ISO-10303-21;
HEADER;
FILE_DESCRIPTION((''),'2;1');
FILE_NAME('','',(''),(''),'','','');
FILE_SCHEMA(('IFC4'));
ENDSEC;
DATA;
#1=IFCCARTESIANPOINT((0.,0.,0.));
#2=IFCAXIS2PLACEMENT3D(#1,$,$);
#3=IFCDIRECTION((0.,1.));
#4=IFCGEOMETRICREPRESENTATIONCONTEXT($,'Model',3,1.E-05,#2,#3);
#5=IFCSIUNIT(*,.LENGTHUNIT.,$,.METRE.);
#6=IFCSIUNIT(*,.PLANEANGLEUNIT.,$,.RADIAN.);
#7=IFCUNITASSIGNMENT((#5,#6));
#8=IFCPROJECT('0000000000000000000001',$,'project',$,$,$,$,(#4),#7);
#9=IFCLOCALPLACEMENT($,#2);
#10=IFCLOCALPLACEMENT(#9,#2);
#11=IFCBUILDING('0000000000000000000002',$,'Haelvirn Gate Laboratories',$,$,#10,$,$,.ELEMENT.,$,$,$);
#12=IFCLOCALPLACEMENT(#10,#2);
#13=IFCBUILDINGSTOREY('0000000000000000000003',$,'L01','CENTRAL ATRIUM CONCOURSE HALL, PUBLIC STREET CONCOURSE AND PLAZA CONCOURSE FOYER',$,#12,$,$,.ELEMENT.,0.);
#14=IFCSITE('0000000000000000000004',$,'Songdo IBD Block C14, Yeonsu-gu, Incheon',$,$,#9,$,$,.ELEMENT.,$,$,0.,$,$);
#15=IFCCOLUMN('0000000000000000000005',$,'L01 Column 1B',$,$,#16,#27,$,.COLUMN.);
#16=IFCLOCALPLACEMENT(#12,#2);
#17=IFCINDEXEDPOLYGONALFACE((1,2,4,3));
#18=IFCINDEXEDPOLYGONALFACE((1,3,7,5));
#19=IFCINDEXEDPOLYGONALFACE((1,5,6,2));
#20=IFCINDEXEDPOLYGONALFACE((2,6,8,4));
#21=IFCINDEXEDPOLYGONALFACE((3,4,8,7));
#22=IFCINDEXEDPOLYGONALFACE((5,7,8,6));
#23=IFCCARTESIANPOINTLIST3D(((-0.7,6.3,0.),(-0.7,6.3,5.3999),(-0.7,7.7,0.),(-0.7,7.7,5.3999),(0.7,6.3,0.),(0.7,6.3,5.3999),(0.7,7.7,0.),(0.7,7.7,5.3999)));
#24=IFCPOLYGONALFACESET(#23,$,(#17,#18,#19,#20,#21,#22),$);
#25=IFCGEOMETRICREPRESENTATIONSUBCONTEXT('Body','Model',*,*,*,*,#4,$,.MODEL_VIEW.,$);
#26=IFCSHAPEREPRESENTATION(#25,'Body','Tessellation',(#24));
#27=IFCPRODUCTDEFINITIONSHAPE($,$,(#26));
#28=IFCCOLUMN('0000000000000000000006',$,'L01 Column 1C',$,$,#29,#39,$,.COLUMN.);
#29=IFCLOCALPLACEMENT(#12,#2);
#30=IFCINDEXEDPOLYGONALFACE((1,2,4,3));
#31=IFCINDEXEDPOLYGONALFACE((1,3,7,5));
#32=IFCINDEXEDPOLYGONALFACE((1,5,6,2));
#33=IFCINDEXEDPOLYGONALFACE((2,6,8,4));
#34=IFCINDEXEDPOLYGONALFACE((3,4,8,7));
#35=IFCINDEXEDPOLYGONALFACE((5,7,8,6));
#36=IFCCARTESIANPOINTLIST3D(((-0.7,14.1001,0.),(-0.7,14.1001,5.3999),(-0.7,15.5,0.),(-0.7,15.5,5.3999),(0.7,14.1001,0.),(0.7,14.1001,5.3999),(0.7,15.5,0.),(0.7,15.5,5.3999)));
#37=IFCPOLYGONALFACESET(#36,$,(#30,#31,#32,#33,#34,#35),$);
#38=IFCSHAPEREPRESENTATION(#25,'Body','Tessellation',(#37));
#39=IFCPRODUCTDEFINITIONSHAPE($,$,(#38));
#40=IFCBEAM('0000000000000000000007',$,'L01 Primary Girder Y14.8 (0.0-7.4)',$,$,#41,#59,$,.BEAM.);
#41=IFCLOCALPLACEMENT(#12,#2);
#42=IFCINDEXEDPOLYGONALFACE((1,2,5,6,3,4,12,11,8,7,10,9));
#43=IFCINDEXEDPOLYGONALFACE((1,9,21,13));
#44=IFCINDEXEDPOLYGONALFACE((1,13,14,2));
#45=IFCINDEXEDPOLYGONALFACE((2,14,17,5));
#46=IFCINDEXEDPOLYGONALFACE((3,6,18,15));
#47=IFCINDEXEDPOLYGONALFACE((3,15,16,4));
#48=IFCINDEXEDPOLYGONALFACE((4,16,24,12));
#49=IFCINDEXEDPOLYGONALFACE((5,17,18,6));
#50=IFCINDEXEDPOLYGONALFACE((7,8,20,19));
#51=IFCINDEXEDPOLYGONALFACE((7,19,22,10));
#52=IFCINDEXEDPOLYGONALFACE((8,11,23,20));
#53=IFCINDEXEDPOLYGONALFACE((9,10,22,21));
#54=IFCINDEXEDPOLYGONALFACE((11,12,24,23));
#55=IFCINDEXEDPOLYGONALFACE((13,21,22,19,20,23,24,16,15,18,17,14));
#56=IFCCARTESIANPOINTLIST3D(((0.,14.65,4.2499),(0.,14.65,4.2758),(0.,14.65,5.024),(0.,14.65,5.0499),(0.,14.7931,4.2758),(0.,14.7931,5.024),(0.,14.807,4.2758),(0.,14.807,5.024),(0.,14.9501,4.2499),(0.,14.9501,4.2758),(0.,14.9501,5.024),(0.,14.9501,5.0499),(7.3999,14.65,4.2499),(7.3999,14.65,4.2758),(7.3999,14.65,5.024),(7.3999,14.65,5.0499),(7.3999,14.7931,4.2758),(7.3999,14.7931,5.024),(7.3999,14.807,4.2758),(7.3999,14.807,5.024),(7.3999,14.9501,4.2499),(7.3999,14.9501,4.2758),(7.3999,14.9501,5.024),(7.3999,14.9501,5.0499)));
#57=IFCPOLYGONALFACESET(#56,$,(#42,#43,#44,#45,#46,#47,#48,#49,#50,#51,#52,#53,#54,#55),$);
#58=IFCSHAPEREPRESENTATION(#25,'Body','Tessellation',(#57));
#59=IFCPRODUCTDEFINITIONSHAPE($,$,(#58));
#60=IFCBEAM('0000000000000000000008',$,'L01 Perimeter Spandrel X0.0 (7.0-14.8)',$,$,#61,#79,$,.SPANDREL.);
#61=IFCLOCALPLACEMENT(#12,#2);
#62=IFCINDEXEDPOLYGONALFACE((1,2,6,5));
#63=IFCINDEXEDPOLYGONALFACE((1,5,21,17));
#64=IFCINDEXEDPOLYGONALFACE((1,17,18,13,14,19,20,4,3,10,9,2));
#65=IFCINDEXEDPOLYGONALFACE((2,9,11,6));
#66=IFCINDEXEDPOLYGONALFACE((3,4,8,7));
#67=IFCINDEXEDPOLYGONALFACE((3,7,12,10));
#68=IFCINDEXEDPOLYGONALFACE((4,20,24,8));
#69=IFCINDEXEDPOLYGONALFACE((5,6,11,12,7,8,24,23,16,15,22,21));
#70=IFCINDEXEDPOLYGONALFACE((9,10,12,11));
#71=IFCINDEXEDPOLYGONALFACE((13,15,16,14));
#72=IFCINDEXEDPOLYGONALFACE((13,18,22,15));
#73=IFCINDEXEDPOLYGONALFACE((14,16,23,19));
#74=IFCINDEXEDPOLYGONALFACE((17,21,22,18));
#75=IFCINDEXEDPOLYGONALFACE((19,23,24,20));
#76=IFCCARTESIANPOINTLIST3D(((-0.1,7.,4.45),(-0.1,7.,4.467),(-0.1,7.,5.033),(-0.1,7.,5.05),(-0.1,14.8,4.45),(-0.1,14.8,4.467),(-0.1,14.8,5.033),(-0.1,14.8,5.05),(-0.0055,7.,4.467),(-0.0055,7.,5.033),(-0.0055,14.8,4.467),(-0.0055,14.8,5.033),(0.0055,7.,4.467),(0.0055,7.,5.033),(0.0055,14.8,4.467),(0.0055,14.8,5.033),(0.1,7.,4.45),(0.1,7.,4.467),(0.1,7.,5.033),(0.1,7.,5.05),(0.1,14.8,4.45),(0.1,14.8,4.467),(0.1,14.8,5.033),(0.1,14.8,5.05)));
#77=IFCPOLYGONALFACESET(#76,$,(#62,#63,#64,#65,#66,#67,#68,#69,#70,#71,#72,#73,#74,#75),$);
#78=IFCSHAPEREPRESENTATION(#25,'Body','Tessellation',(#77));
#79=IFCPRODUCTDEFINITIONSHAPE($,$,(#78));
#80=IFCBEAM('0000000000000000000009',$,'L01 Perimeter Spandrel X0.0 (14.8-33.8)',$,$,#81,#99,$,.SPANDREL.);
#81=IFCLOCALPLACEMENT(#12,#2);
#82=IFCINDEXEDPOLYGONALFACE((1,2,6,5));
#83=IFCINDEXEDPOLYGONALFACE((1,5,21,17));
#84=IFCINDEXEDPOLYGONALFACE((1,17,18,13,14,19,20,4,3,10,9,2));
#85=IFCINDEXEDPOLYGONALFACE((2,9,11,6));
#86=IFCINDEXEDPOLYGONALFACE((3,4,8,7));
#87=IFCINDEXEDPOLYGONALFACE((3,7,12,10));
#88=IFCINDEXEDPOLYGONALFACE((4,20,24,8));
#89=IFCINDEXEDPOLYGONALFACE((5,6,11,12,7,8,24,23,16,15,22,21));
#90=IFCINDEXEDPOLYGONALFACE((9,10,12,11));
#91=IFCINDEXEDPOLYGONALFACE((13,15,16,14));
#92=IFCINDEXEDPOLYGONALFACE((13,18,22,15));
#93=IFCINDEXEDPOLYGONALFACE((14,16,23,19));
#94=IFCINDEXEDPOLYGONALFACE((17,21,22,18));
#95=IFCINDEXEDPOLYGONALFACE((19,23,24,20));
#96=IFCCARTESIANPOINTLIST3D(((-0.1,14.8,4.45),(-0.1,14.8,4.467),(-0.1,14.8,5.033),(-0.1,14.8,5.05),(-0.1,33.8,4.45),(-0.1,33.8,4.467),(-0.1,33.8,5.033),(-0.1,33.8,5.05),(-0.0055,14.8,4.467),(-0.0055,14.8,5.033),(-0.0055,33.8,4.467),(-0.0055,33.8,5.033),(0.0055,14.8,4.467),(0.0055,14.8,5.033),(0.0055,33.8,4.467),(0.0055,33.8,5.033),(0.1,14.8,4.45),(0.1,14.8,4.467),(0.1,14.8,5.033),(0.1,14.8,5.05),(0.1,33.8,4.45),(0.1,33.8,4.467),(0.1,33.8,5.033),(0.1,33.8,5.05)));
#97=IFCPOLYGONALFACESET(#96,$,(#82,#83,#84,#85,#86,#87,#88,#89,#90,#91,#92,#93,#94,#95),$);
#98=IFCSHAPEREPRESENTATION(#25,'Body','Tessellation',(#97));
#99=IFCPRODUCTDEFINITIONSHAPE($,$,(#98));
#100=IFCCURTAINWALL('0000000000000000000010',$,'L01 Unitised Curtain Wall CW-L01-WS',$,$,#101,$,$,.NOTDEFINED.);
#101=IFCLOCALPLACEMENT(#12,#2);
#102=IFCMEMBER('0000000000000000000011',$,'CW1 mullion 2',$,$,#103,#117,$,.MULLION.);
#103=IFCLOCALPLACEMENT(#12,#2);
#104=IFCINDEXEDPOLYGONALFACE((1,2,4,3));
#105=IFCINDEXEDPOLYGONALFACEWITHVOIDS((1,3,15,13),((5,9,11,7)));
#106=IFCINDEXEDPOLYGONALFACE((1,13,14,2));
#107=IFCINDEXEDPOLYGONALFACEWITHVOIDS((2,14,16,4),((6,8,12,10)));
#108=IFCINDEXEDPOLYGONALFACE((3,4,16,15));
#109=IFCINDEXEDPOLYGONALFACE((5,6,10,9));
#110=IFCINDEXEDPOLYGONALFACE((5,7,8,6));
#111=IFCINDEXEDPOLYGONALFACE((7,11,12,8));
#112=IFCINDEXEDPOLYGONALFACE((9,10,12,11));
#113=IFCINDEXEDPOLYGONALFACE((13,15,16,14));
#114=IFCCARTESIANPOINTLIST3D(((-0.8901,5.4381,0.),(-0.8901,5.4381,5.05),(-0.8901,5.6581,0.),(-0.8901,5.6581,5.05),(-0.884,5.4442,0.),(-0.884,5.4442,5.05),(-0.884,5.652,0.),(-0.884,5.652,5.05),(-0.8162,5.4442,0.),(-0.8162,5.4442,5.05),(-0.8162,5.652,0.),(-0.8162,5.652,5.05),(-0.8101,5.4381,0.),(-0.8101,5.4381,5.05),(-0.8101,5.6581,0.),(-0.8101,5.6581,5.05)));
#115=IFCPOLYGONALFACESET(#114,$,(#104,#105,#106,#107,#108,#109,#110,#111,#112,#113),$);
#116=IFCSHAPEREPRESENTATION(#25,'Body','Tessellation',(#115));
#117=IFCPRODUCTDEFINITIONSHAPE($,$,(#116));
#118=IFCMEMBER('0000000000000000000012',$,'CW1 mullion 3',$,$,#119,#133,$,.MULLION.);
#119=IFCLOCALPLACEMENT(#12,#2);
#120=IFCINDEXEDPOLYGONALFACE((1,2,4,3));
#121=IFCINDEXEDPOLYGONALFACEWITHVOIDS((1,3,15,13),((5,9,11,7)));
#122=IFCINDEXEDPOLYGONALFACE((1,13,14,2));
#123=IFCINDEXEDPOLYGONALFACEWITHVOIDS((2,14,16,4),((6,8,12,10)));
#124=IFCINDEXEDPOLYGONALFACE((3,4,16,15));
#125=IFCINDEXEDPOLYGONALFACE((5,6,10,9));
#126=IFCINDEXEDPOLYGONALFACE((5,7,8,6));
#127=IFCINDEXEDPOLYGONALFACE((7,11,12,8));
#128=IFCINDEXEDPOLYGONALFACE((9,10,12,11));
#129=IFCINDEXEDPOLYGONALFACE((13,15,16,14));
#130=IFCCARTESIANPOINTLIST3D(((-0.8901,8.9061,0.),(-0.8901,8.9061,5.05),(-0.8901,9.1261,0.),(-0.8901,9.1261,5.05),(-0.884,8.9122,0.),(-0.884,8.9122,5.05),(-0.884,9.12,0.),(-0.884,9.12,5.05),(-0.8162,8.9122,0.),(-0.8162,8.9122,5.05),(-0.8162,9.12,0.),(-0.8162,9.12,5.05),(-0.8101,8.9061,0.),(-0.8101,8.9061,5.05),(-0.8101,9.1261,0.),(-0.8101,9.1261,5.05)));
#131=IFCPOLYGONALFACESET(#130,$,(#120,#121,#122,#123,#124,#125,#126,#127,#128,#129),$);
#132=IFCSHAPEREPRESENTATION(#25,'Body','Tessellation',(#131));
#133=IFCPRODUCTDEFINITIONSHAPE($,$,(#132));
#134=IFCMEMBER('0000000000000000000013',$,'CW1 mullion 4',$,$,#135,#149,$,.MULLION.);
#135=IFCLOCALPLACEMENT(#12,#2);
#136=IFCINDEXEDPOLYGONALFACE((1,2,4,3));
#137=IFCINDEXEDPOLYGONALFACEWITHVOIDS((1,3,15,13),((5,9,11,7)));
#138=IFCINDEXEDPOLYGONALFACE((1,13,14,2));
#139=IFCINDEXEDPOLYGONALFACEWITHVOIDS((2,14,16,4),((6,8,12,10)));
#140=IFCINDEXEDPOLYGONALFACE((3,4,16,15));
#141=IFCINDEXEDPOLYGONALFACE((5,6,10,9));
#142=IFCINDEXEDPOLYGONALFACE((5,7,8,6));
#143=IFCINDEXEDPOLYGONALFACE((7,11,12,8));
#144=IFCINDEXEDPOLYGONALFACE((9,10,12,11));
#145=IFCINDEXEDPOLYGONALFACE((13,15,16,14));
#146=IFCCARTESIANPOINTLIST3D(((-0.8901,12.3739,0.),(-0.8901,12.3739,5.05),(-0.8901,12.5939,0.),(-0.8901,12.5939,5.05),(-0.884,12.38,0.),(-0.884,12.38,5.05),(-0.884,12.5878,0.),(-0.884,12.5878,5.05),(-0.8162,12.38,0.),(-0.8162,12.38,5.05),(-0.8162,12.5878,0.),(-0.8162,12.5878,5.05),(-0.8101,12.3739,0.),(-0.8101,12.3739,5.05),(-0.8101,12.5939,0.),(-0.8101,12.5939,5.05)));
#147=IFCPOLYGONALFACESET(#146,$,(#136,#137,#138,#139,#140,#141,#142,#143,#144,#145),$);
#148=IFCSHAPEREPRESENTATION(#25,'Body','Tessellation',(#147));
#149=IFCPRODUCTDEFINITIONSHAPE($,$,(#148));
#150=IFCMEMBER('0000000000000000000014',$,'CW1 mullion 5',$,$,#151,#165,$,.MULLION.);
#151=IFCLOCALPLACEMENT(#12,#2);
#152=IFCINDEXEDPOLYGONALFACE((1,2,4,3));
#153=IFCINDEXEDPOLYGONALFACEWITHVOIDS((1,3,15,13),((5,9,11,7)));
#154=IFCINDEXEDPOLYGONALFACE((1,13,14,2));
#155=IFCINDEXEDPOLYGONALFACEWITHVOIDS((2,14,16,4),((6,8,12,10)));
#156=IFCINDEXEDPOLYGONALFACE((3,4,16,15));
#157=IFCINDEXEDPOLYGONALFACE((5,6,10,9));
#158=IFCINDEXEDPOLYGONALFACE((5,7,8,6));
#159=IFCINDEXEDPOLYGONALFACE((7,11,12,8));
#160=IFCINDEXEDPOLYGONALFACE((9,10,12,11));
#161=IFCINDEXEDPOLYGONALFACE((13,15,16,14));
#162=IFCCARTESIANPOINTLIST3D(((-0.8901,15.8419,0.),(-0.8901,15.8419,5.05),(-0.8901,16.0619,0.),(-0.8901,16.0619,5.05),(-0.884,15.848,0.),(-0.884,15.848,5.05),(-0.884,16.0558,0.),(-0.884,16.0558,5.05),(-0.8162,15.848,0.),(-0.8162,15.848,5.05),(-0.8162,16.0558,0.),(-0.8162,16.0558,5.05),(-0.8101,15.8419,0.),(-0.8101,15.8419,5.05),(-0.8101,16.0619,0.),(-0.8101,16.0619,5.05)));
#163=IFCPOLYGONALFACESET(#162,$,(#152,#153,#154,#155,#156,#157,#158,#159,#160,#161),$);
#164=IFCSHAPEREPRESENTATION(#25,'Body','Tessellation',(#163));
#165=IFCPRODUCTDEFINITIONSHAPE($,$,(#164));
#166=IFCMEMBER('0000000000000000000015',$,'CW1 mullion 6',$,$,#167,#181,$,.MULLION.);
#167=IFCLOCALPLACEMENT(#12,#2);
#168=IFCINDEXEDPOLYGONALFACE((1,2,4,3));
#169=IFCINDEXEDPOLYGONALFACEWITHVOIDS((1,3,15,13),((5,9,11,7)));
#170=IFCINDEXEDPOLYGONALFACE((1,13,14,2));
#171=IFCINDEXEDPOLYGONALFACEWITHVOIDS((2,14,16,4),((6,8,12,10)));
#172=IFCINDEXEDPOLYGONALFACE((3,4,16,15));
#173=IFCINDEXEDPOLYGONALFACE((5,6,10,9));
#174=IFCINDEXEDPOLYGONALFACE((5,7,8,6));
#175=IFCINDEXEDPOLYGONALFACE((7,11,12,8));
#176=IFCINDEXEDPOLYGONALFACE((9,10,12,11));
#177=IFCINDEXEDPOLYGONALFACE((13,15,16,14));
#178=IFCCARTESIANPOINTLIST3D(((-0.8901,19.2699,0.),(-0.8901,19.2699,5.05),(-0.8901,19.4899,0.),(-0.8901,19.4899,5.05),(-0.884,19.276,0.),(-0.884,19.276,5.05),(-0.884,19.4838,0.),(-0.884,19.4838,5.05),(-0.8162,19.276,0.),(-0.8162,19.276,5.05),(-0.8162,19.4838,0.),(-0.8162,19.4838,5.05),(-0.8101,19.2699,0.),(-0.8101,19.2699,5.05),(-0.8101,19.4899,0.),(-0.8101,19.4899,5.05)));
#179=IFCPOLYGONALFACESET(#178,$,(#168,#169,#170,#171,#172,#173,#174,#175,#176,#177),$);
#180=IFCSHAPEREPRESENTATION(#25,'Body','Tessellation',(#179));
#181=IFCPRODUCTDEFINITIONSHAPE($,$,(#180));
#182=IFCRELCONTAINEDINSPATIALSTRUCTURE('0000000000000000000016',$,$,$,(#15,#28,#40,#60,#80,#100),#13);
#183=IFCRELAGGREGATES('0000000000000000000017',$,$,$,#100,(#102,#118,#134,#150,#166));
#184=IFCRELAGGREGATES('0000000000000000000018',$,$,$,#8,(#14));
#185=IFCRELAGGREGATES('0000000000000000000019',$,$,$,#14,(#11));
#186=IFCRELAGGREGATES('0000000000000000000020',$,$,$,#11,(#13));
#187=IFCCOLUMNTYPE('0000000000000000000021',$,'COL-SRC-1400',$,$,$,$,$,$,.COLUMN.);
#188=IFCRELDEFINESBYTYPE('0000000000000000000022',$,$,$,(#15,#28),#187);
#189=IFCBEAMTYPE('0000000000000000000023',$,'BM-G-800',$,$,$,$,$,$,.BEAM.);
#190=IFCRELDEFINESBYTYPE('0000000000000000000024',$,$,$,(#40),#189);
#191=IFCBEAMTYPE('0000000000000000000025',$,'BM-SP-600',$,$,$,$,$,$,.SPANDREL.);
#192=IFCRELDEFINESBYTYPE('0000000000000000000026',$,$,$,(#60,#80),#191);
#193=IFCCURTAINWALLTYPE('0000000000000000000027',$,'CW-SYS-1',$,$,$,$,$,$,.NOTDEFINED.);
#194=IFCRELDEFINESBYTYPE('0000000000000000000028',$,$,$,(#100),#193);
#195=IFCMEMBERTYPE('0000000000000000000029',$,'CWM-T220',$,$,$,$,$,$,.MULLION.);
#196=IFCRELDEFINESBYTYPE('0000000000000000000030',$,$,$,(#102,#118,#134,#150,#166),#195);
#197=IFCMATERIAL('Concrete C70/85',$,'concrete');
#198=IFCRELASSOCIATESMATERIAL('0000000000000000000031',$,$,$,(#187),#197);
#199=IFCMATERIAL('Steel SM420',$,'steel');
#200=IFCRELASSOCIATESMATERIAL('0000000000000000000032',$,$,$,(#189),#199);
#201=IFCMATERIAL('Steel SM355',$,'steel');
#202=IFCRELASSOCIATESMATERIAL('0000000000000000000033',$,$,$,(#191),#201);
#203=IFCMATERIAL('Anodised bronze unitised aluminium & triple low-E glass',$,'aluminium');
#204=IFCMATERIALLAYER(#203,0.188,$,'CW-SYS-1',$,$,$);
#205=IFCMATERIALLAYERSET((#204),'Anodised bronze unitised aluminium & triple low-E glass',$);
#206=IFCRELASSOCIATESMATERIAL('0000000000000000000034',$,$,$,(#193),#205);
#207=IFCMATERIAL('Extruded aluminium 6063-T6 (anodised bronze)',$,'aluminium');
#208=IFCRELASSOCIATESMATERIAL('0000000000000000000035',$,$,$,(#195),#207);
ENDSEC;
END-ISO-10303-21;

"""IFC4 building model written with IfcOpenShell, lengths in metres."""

from ifc_helpers import new_model, si_unit, direction, frame, origin, origin_2d, place, context, subcontext, project, spatial, rectangle, hollow_rectangle, i_section, extrude, source, transform, mapped, material, layer, layer_set, material_profile, profile_set, type_object, type_shapes, element, aggregate, save


model = new_model("IFC4")

# Units and contexts
model_context = context("Model", 3, precision=1e-05, world=origin(), true_north=direction((0.0, 1.0)))
body_context = subcontext(model_context, "Body", "Model", "MODEL_VIEW")
ifc_project = project(units=[si_unit("LENGTHUNIT", "METRE"), si_unit("PLANEANGLEUNIT", "RADIAN")], contexts=[model_context])

# Site, building, storey
site_placement = place(None, origin())
site = spatial("IfcSite", under=ifc_project, at=site_placement, Name="Songdo IBD Block C14, Yeonsu-gu, Incheon", CompositionType="ELEMENT", RefElevation=0.0)
building_placement = place(site_placement, origin())
building = spatial("IfcBuilding", under=site, at=building_placement, Name="Haelvirn Gate Laboratories", CompositionType="ELEMENT")
storey_placement = place(building_placement, origin())
storey = spatial("IfcBuildingStorey", under=building, at=storey_placement, Name="L01", Description="CENTRAL ATRIUM CONCOURSE HALL, PUBLIC STREET CONCOURSE AND PLAZA CONCOURSE FOYER", CompositionType="ELEMENT", Elevation=0.0)

# Columns
ifc_material_1 = material(Name="Concrete C70/85", Category="concrete")
ifc_material_profile_1 = material_profile(ifc_material_1, rectangle(XDim=1.3999, YDim=1.3999, at=origin_2d()), Name="SRC-1400x1400")
ifc_profile_set_1 = profile_set([ifc_material_profile_1], Name="Concrete C70/85")
column_type = type_object("IfcColumnType", Name="COL-SRC-1400", PredefinedType="COLUMN", material=ifc_profile_set_1)
shared_shape_1 = source(origin(), body_context, "Body", "SweptSolid", [
    extrude(rectangle(XDim=1.3999, YDim=1.3999, at=origin_2d()), origin(), (0.0, 0.0, 1.0), 5.3999),
])
type_shapes(column_type, [shared_shape_1])
for number, where, z_axis, x_axis, name in (
    (1, (0.0, 7.0, 0.0), (0.0, 0.0, 1.0), (1.0, 0.0, 0.0), "L01 Column 1B"),
    (2, (0.0, 14.8, 0.0), (0.0, 0.0, 1.0), (1.0, 0.0, 0.0), "L01 Column 1C"),
):
    element("IfcColumn", number, at=place(storey_placement, frame(where, z_axis=z_axis, x_axis=x_axis)), inside=storey, type_object=column_type, Name=name, PredefinedType="COLUMN", context=body_context, shape_type="MappedRepresentation", body=[
        mapped(shared_shape_1, transform((0.0, 0.0, 0.0), scale=1.0)),
    ])

# Beams
ifc_material_2 = material(Name="Steel SM420", Category="steel")
ifc_material_profile_2 = material_profile(ifc_material_2, i_section(OverallWidth=0.3, OverallDepth=0.8, WebThickness=0.0139, FlangeThickness=0.0259, at=origin_2d()), Name="H-800x300x14x26")
ifc_profile_set_2 = profile_set([ifc_material_profile_2], Name="Steel SM420")
beam_type_1 = type_object("IfcBeamType", Name="BM-G-800", PredefinedType="BEAM", material=ifc_profile_set_2)
shared_shape_2 = source(origin(), body_context, "Body", "SweptSolid", [
    extrude(i_section(OverallWidth=0.3, OverallDepth=0.8, WebThickness=0.0139, FlangeThickness=0.0259, at=origin_2d()), origin(), (0.0, 0.0, 1.0), 7.3999),
])
type_shapes(beam_type_1, [shared_shape_2])
beam_1_placement = place(storey_placement, frame((0.0, 14.8, 4.6499), z_axis=(1.0, 0.0, 0.0), x_axis=(0.0, 1.0, 0.0)))
element("IfcBeam", 3, at=beam_1_placement, inside=storey, type_object=beam_type_1, Name="L01 Primary Girder Y14.8 (0.0-7.4)", PredefinedType="BEAM", context=body_context, shape_type="MappedRepresentation", body=[
    mapped(shared_shape_2, transform((0.0, 0.0, 0.0), scale=1.0)),
])
ifc_material_3 = material(Name="Steel SM355", Category="steel")
ifc_material_profile_3 = material_profile(ifc_material_3, i_section(OverallWidth=0.2, OverallDepth=0.6001, WebThickness=0.011, FlangeThickness=0.0171, at=origin_2d()), Name="H-600x200x11x17")
ifc_profile_set_3 = profile_set([ifc_material_profile_3], Name="Steel SM355")
beam_type_2 = type_object("IfcBeamType", Name="BM-SP-600", PredefinedType="SPANDREL", material=ifc_profile_set_3)
shared_shape_3 = source(origin(), body_context, "Body", "SweptSolid", [
    extrude(i_section(OverallWidth=0.2, OverallDepth=0.6001, WebThickness=0.011, FlangeThickness=0.0171, at=origin_2d()), origin(), (0.0, 0.0, 1.0), 7.8),
])
beam_2_placement = place(storey_placement, frame((0.0, 7.0, 4.75), z_axis=(0.0, 1.0, 0.0), x_axis=(-1.0, 0.0, 0.0)))
element("IfcBeam", 4, at=beam_2_placement, inside=storey, type_object=beam_type_2, Name="L01 Perimeter Spandrel X0.0 (7.0-14.8)", PredefinedType="SPANDREL", context=body_context, shape_type="MappedRepresentation", body=[
    mapped(shared_shape_3, transform((0.0, 0.0, 0.0), scale=1.0)),
])
shared_shape_4 = source(origin(), body_context, "Body", "SweptSolid", [
    extrude(i_section(OverallWidth=0.2, OverallDepth=0.6001, WebThickness=0.011, FlangeThickness=0.0171, at=origin_2d()), origin(), (0.0, 0.0, 1.0), 19.0),
])
type_shapes(beam_type_2, [shared_shape_3, shared_shape_4])
beam_3_placement = place(storey_placement, frame((0.0, 14.8, 4.75), z_axis=(0.0, 1.0, 0.0), x_axis=(-1.0, 0.0, 0.0)))
element("IfcBeam", 5, at=beam_3_placement, inside=storey, type_object=beam_type_2, Name="L01 Perimeter Spandrel X0.0 (14.8-33.8)", PredefinedType="SPANDREL", context=body_context, shape_type="MappedRepresentation", body=[
    mapped(shared_shape_4, transform((0.0, 0.0, 0.0), scale=1.0)),
])

# Curtain wall, members
ifc_material_4 = material(Name="Anodised bronze unitised aluminium & triple low-E glass", Category="aluminium")
ifc_layer_1 = layer(ifc_material_4, 0.188, Name="CW-SYS-1")
ifc_layer_set_1 = layer_set([ifc_layer_1], Name="Anodised bronze unitised aluminium & triple low-E glass")
curtain_wall_type = type_object("IfcCurtainWallType", Name="CW-SYS-1", PredefinedType="NOTDEFINED", material=ifc_layer_set_1)
curtain_wall_placement = place(storey_placement, origin())
curtain_wall = element("IfcCurtainWall", 6, at=curtain_wall_placement, inside=storey, type_object=curtain_wall_type, Name="L01 Unitised Curtain Wall CW-L01-WS", PredefinedType="NOTDEFINED")
ifc_material_5 = material(Name="Extruded aluminium 6063-T6 (anodised bronze)", Category="aluminium")
ifc_material_profile_4 = material_profile(ifc_material_5, hollow_rectangle(XDim=0.0801, YDim=0.22, WallThickness=0.0061, at=origin_2d()), Name="CWM-220x80x6")
ifc_profile_set_4 = profile_set([ifc_material_profile_4], Name="Extruded aluminium 6063-T6 (anodised bronze)")
member_type_1 = type_object("IfcMemberType", Name="CWM-T220", PredefinedType="MULLION", material=ifc_profile_set_4)
shared_shape_5 = source(origin(), body_context, "Body", "SweptSolid", [
    extrude(hollow_rectangle(XDim=0.0801, YDim=0.22, WallThickness=0.0061, at=origin_2d()), origin(), (0.0, 0.0, 1.0), 5.05),
])
type_shapes(member_type_1, [shared_shape_5])
member_1_placement = place(storey_placement, frame((-0.8501, 5.5481, 0.0), z_axis=(0.0, 0.0, 1.0), x_axis=(-1.0, 0.0, 0.0)))
member_1 = element("IfcMember", 7, at=member_1_placement, type_object=member_type_1, Name="CW1 mullion 2", PredefinedType="MULLION", context=body_context, shape_type="MappedRepresentation", body=[
    mapped(shared_shape_5, transform((0.0, 0.0, 0.0), scale=1.0)),
])
member_2_placement = place(storey_placement, frame((-0.8501, 9.0161, 0.0), z_axis=(0.0, 0.0, 1.0), x_axis=(-1.0, 0.0, 0.0)))
member_2 = element("IfcMember", 8, at=member_2_placement, type_object=member_type_1, Name="CW1 mullion 3", PredefinedType="MULLION", context=body_context, shape_type="MappedRepresentation", body=[
    mapped(shared_shape_5, transform((0.0, 0.0, 0.0), scale=1.0)),
])
member_3_placement = place(storey_placement, frame((-0.8501, 12.4839, 0.0), z_axis=(0.0, 0.0, 1.0), x_axis=(-1.0, 0.0, 0.0)))
member_3 = element("IfcMember", 9, at=member_3_placement, type_object=member_type_1, Name="CW1 mullion 4", PredefinedType="MULLION", context=body_context, shape_type="MappedRepresentation", body=[
    mapped(shared_shape_5, transform((0.0, 0.0, 0.0), scale=1.0)),
])
member_4_placement = place(storey_placement, frame((-0.8501, 15.9519, 0.0), z_axis=(0.0, 0.0, 1.0), x_axis=(-1.0, 0.0, 0.0)))
member_4 = element("IfcMember", 10, at=member_4_placement, type_object=member_type_1, Name="CW1 mullion 5", PredefinedType="MULLION", context=body_context, shape_type="MappedRepresentation", body=[
    mapped(shared_shape_5, transform((0.0, 0.0, 0.0), scale=1.0)),
])
member_5_placement = place(storey_placement, frame((-0.8501, 19.3799, 0.0), z_axis=(0.0, 0.0, 1.0), x_axis=(-1.0, 0.0, 0.0)))
member_5 = element("IfcMember", 11, at=member_5_placement, type_object=member_type_1, Name="CW1 mullion 6", PredefinedType="MULLION", context=body_context, shape_type="MappedRepresentation", body=[
    mapped(shared_shape_5, transform((0.0, 0.0, 0.0), scale=1.0)),
])
aggregate(curtain_wall, [member_1, member_2, member_3, member_4, member_5])

save(model, "model.ifc")
